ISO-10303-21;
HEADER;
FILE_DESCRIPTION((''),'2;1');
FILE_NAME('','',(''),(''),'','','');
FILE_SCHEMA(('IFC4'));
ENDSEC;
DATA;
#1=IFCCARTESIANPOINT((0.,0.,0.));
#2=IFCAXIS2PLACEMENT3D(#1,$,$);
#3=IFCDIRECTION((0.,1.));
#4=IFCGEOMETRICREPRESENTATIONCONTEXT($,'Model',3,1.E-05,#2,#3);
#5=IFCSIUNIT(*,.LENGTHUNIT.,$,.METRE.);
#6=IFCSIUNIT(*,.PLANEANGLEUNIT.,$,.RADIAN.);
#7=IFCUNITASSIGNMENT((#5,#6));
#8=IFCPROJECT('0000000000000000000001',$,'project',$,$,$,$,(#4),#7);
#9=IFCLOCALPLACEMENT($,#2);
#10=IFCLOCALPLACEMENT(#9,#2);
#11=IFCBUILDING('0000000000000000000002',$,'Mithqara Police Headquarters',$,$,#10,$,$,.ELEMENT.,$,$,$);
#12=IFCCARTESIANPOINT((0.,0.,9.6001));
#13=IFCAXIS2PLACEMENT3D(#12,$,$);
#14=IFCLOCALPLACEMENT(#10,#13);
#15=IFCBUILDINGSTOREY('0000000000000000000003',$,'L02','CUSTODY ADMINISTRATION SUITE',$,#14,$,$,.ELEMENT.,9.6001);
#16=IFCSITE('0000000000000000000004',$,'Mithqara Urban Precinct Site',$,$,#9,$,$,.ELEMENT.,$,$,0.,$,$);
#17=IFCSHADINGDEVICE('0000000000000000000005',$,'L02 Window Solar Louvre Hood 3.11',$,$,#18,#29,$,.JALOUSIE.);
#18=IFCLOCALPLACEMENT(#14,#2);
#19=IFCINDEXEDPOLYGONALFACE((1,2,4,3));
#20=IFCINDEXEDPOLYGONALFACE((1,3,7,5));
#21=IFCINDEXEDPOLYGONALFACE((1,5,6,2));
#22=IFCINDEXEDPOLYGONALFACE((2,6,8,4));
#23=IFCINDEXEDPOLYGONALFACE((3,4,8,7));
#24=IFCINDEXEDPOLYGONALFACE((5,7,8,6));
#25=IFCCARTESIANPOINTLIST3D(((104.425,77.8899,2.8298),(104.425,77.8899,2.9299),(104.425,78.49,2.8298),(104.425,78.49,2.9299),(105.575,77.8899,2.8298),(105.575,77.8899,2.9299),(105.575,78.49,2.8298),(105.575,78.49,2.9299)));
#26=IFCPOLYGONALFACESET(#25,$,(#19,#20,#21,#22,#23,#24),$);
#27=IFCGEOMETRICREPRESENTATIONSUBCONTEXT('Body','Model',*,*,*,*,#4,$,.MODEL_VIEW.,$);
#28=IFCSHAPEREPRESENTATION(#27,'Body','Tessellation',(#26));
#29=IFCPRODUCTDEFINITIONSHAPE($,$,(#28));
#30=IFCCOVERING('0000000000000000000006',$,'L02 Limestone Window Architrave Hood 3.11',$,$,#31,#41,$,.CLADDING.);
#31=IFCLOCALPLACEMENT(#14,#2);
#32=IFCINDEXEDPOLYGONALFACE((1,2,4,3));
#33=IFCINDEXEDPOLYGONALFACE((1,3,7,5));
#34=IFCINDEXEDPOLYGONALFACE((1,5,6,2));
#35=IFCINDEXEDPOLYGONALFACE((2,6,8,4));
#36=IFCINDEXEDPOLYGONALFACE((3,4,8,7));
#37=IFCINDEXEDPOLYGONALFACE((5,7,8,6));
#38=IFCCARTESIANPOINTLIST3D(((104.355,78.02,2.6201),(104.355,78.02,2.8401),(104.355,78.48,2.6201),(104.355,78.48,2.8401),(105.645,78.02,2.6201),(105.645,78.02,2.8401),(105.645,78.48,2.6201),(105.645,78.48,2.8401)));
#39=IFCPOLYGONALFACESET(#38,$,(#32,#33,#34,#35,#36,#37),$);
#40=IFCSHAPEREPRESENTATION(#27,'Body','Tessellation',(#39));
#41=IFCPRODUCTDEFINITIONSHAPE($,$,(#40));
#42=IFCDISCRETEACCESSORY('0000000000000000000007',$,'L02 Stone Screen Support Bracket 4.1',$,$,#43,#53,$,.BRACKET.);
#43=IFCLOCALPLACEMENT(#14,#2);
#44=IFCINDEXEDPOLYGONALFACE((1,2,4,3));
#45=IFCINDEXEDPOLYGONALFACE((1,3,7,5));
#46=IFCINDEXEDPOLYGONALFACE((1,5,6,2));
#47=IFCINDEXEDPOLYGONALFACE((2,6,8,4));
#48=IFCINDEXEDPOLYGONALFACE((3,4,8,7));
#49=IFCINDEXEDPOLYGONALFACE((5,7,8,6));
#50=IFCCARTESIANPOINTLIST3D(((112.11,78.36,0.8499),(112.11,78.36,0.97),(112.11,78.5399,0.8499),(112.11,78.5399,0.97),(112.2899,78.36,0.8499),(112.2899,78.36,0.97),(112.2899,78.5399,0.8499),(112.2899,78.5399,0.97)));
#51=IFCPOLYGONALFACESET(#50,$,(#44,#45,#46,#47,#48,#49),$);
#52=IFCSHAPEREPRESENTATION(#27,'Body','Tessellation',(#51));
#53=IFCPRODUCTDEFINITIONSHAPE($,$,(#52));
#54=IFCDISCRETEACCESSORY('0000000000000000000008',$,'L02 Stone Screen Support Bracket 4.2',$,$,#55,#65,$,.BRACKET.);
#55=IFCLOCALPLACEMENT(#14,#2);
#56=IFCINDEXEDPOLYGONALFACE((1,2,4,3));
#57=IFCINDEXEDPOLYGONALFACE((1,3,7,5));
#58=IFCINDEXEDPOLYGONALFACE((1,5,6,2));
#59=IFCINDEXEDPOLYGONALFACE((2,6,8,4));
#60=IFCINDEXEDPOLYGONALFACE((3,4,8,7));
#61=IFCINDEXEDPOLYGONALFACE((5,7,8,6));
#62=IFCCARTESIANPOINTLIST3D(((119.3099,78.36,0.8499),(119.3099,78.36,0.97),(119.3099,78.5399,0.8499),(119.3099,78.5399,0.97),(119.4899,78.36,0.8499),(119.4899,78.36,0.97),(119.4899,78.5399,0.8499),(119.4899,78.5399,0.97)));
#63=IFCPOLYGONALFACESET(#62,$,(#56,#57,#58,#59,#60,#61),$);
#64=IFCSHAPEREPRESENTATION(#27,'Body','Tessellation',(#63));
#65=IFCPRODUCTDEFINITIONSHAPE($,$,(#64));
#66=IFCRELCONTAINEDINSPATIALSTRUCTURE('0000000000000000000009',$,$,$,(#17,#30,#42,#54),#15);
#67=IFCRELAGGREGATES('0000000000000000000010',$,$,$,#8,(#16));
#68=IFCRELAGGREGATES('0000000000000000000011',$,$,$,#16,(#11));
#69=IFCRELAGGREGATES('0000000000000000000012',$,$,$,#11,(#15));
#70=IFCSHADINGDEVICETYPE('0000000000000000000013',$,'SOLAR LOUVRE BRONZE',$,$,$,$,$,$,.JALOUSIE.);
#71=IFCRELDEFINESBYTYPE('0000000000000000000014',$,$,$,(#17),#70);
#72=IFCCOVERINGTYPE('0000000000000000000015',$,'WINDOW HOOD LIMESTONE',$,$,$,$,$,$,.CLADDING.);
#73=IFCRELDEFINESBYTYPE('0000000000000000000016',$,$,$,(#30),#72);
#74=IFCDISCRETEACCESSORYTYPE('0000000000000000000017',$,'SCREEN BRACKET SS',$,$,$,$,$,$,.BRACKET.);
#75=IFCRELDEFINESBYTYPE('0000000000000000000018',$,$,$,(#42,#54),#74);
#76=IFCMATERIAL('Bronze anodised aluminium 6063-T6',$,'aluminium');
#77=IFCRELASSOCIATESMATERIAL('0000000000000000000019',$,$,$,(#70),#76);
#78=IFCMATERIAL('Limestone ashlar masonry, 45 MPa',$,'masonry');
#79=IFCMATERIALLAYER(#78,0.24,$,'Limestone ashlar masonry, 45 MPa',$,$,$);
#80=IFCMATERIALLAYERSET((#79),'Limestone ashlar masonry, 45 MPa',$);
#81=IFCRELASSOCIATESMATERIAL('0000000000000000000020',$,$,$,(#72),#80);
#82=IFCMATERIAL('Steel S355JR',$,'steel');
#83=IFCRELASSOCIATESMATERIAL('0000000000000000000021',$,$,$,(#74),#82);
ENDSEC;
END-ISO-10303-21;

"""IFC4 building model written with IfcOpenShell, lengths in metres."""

from ifc_helpers import new_model, si_unit, direction, frame, origin, origin_2d, place, context, subcontext, project, spatial, rectangle, extrude, material, layer, layer_set, type_object, element, save


model = new_model("IFC4")

# Units and contexts
model_context = context("Model", 3, precision=1e-05, world=origin(), true_north=direction((0.0, 1.0)))
body_context = subcontext(model_context, "Body", "Model", "MODEL_VIEW")
ifc_project = project(units=[si_unit("LENGTHUNIT", "METRE"), si_unit("PLANEANGLEUNIT", "RADIAN")], contexts=[model_context])

# Site, building, storey
site_placement = place(None, origin())
site = spatial("IfcSite", under=ifc_project, at=site_placement, Name="Mithqara Urban Precinct Site", CompositionType="ELEMENT", RefElevation=0.0)
building_placement = place(site_placement, origin())
building = spatial("IfcBuilding", under=site, at=building_placement, Name="Mithqara Police Headquarters", CompositionType="ELEMENT")
storey_placement = place(building_placement, frame((0.0, 0.0, 9.6001)))
storey = spatial("IfcBuildingStorey", under=building, at=storey_placement, Name="L02", Description="CUSTODY ADMINISTRATION SUITE", CompositionType="ELEMENT", Elevation=9.6001)

# Shared definitions
ifc_material_1 = material(Name="Steel S355JR", Category="steel")

# Shared definitions
ifc_material_2 = material(Name="Limestone ashlar masonry, 45 MPa", Category="masonry")

# Shading device
ifc_material_3 = material(Name="Bronze anodised aluminium 6063-T6", Category="aluminium")
shading_device_type = type_object("IfcShadingDeviceType", Name="SOLAR LOUVRE BRONZE", PredefinedType="JALOUSIE", material=ifc_material_3)
shading_device_placement = place(storey_placement, frame((105.0, 78.1899, 2.8298), z_axis=(0.0, 0.0, 1.0), x_axis=(1.0, 0.0, 0.0)))
element("IfcShadingDevice", 1, at=shading_device_placement, inside=storey, type_object=shading_device_type, Name="L02 Window Solar Louvre Hood 3.11", PredefinedType="JALOUSIE", context=body_context, shape_type="SweptSolid", body=[
    extrude(rectangle(XDim=1.1499, YDim=0.6001, at=origin_2d()), origin(), (0.0, 0.0, 1.0), 0.1001),
])

# Covering
ifc_layer_1 = layer(ifc_material_2, 0.24, Name="Limestone ashlar masonry, 45 MPa")
ifc_layer_set_1 = layer_set([ifc_layer_1], Name="Limestone ashlar masonry, 45 MPa")
covering_type = type_object("IfcCoveringType", Name="WINDOW HOOD LIMESTONE", PredefinedType="CLADDING", material=ifc_layer_set_1)
covering_placement = place(storey_placement, frame((105.0, 78.25, 2.6201), z_axis=(0.0, 0.0, 1.0), x_axis=(1.0, 0.0, 0.0)))
element("IfcCovering", 2, at=covering_placement, inside=storey, type_object=covering_type, Name="L02 Limestone Window Architrave Hood 3.11", PredefinedType="CLADDING", context=body_context, shape_type="SweptSolid", body=[
    extrude(rectangle(XDim=1.29, YDim=0.46, at=origin_2d()), origin(), (0.0, 0.0, 1.0), 0.22),
])

# Discrete accessories
discrete_accessory_type = type_object("IfcDiscreteAccessoryType", Name="SCREEN BRACKET SS", PredefinedType="BRACKET", material=ifc_material_1)
for number, where, z_axis, x_axis, name in (
    (3, (112.2, 78.45, 0.8499), (0.0, 0.0, 1.0), (1.0, 0.0, 0.0), "L02 Stone Screen Support Bracket 4.1"),
    (4, (119.3999, 78.45, 0.8499), (0.0, 0.0, 1.0), (1.0, 0.0, 0.0), "L02 Stone Screen Support Bracket 4.2"),
):
    element("IfcDiscreteAccessory", number, at=place(storey_placement, frame(where, z_axis=z_axis, x_axis=x_axis)), inside=storey, type_object=discrete_accessory_type, Name=name, PredefinedType="BRACKET", context=body_context, shape_type="SweptSolid", body=[
        extrude(rectangle(XDim=0.1799, YDim=0.1799, at=origin_2d()), origin(), (0.0, 0.0, 1.0), 0.1201),
    ])

save(model, "model.ifc")
